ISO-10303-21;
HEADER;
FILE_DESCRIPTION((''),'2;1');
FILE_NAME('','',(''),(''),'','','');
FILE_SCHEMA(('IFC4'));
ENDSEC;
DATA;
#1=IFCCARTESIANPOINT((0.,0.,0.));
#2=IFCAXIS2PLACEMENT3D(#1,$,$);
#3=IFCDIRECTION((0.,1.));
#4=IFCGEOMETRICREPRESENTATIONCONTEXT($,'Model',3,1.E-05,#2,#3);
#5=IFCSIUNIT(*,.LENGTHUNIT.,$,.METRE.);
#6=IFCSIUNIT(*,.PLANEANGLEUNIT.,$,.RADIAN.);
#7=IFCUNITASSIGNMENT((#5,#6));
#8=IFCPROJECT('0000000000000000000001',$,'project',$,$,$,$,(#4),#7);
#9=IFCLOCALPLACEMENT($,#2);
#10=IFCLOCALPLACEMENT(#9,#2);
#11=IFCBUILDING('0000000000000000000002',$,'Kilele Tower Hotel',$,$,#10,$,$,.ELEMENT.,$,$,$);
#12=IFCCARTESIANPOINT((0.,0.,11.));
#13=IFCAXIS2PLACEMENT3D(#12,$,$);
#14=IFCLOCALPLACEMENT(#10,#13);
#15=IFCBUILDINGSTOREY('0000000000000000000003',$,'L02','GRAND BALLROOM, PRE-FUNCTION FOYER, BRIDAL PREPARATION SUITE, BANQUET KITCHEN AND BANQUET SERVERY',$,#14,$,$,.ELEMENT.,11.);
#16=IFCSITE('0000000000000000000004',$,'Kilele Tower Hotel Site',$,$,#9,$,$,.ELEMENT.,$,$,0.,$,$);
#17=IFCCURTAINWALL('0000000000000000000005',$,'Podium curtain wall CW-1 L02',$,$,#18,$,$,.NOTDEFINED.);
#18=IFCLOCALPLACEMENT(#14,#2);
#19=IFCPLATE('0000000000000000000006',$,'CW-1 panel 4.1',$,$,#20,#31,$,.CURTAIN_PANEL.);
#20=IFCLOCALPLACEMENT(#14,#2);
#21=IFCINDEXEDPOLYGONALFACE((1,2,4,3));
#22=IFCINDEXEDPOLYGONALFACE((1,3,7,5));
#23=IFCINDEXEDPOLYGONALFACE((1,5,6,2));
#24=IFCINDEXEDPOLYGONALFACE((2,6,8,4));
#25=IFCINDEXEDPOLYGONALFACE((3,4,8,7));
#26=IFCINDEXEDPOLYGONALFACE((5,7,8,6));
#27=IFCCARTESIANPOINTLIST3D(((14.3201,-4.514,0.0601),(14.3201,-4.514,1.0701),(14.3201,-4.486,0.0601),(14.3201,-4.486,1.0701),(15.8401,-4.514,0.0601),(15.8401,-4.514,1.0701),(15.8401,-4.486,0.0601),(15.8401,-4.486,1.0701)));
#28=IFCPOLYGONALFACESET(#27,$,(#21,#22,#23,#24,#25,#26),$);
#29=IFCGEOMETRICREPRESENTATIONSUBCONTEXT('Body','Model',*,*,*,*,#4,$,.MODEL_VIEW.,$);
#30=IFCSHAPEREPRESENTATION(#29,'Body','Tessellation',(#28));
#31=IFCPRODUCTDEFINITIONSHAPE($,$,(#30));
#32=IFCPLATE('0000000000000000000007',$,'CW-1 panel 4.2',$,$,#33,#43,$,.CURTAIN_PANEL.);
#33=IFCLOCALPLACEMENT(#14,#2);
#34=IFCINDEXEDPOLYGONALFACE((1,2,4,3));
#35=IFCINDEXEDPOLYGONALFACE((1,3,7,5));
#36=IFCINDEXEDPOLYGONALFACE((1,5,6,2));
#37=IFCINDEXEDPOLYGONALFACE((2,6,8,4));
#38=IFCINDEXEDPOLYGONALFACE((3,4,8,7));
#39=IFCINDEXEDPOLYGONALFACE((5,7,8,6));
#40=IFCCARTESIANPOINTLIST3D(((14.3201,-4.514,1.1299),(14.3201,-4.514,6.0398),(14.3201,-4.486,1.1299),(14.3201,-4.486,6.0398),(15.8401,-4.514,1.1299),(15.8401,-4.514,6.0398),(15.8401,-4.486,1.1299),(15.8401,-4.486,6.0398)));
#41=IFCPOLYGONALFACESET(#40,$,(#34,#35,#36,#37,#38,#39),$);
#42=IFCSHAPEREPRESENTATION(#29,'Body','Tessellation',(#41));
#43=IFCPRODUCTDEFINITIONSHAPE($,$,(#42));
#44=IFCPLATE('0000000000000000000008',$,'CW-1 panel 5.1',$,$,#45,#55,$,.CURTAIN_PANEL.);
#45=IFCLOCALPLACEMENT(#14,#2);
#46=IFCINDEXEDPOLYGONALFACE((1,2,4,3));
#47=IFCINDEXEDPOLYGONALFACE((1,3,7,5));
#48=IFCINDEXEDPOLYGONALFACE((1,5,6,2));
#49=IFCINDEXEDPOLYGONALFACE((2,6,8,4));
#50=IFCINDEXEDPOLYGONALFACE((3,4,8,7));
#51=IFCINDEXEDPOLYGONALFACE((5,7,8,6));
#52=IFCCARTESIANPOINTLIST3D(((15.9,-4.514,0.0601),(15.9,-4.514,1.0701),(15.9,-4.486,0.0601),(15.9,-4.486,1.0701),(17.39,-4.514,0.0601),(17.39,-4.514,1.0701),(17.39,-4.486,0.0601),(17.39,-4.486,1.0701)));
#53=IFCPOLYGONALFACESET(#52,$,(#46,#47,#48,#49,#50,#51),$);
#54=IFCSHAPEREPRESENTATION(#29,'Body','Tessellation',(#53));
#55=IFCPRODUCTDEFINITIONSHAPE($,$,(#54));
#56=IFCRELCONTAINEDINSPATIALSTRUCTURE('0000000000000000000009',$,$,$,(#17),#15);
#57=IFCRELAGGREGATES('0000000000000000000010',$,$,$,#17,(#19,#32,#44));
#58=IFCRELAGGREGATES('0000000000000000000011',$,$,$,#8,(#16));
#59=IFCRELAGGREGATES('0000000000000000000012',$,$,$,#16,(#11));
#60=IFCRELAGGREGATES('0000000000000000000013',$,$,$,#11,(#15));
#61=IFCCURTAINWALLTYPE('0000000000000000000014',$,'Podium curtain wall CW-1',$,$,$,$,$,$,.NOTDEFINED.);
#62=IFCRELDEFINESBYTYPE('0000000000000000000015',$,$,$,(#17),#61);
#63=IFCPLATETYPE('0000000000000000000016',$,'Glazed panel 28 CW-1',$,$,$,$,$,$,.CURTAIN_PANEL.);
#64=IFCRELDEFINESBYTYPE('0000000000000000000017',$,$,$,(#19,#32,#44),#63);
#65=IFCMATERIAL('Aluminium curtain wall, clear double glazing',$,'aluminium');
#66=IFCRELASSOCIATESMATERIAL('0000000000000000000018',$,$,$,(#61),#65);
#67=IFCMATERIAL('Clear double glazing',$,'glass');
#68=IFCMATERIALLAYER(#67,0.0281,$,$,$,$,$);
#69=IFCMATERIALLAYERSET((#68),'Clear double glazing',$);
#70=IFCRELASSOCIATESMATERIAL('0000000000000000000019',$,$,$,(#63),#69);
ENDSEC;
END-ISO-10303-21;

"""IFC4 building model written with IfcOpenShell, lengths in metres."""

from ifc_helpers import new_model, si_unit, direction, frame, origin, origin_2d, place, context, subcontext, project, spatial, rectangle, extrude, material, layer, layer_set, type_object, element, aggregate, save


model = new_model("IFC4")

# Units and contexts
model_context = context("Model", 3, precision=1e-05, world=origin(), true_north=direction((0.0, 1.0)))
body_context = subcontext(model_context, "Body", "Model", "MODEL_VIEW")
ifc_project = project(units=[si_unit("LENGTHUNIT", "METRE"), si_unit("PLANEANGLEUNIT", "RADIAN")], contexts=[model_context])

# Site, building, storey
site_placement = place(None, origin())
site = spatial("IfcSite", under=ifc_project, at=site_placement, Name="Kilele Tower Hotel Site", CompositionType="ELEMENT", RefElevation=0.0)
building_placement = place(site_placement, origin())
building = spatial("IfcBuilding", under=site, at=building_placement, Name="Kilele Tower Hotel", CompositionType="ELEMENT")
storey_placement = place(building_placement, frame((0.0, 0.0, 11.0)))
storey = spatial("IfcBuildingStorey", under=building, at=storey_placement, Name="L02", Description="GRAND BALLROOM, PRE-FUNCTION FOYER, BRIDAL PREPARATION SUITE, BANQUET KITCHEN AND BANQUET SERVERY", CompositionType="ELEMENT", Elevation=11.0)

# Curtain wall, plates
ifc_material_1 = material(Name="Aluminium curtain wall, clear double glazing", Category="aluminium")
curtain_wall_type = type_object("IfcCurtainWallType", Name="Podium curtain wall CW-1", PredefinedType="NOTDEFINED", material=ifc_material_1)
curtain_wall_placement = place(storey_placement, origin())
curtain_wall = element("IfcCurtainWall", 1, at=curtain_wall_placement, inside=storey, type_object=curtain_wall_type, Name="Podium curtain wall CW-1 L02", PredefinedType="NOTDEFINED")
ifc_material_2 = material(Name="Clear double glazing", Category="glass")
ifc_layer = layer(ifc_material_2, 0.0281)
ifc_layer_set = layer_set([ifc_layer], Name="Clear double glazing")
plate_type = type_object("IfcPlateType", Name="Glazed panel 28 CW-1", PredefinedType="CURTAIN_PANEL", material=ifc_layer_set)
plate_1_placement = place(storey_placement, frame((15.0801, -4.5, 0.0601), z_axis=(0.0, 0.0, 1.0), x_axis=(1.0, 0.0, 0.0)))
plate_1 = element("IfcPlate", 2, at=plate_1_placement, type_object=plate_type, Name="CW-1 panel 4.1", PredefinedType="CURTAIN_PANEL", context=body_context, shape_type="SweptSolid", body=[
    extrude(rectangle(XDim=1.52, YDim=0.0281, at=origin_2d()), origin(), (0.0, 0.0, 1.0), 1.01),
])
plate_2_placement = place(storey_placement, frame((15.0801, -4.5, 1.1299), z_axis=(0.0, 0.0, 1.0), x_axis=(1.0, 0.0, 0.0)))
plate_2 = element("IfcPlate", 3, at=plate_2_placement, type_object=plate_type, Name="CW-1 panel 4.2", PredefinedType="CURTAIN_PANEL", context=body_context, shape_type="SweptSolid", body=[
    extrude(rectangle(XDim=1.52, YDim=0.0281, at=origin_2d()), origin(), (0.0, 0.0, 1.0), 4.9099),
])
plate_3_placement = place(storey_placement, frame((16.645, -4.5, 0.0601), z_axis=(0.0, 0.0, 1.0), x_axis=(1.0, 0.0, 0.0)))
plate_3 = element("IfcPlate", 4, at=plate_3_placement, type_object=plate_type, Name="CW-1 panel 5.1", PredefinedType="CURTAIN_PANEL", context=body_context, shape_type="SweptSolid", body=[
    extrude(rectangle(XDim=1.49, YDim=0.0281, at=origin_2d()), origin(), (0.0, 0.0, 1.0), 1.01),
])
aggregate(curtain_wall, [plate_1, plate_2, plate_3])

save(model, "model.ifc")
